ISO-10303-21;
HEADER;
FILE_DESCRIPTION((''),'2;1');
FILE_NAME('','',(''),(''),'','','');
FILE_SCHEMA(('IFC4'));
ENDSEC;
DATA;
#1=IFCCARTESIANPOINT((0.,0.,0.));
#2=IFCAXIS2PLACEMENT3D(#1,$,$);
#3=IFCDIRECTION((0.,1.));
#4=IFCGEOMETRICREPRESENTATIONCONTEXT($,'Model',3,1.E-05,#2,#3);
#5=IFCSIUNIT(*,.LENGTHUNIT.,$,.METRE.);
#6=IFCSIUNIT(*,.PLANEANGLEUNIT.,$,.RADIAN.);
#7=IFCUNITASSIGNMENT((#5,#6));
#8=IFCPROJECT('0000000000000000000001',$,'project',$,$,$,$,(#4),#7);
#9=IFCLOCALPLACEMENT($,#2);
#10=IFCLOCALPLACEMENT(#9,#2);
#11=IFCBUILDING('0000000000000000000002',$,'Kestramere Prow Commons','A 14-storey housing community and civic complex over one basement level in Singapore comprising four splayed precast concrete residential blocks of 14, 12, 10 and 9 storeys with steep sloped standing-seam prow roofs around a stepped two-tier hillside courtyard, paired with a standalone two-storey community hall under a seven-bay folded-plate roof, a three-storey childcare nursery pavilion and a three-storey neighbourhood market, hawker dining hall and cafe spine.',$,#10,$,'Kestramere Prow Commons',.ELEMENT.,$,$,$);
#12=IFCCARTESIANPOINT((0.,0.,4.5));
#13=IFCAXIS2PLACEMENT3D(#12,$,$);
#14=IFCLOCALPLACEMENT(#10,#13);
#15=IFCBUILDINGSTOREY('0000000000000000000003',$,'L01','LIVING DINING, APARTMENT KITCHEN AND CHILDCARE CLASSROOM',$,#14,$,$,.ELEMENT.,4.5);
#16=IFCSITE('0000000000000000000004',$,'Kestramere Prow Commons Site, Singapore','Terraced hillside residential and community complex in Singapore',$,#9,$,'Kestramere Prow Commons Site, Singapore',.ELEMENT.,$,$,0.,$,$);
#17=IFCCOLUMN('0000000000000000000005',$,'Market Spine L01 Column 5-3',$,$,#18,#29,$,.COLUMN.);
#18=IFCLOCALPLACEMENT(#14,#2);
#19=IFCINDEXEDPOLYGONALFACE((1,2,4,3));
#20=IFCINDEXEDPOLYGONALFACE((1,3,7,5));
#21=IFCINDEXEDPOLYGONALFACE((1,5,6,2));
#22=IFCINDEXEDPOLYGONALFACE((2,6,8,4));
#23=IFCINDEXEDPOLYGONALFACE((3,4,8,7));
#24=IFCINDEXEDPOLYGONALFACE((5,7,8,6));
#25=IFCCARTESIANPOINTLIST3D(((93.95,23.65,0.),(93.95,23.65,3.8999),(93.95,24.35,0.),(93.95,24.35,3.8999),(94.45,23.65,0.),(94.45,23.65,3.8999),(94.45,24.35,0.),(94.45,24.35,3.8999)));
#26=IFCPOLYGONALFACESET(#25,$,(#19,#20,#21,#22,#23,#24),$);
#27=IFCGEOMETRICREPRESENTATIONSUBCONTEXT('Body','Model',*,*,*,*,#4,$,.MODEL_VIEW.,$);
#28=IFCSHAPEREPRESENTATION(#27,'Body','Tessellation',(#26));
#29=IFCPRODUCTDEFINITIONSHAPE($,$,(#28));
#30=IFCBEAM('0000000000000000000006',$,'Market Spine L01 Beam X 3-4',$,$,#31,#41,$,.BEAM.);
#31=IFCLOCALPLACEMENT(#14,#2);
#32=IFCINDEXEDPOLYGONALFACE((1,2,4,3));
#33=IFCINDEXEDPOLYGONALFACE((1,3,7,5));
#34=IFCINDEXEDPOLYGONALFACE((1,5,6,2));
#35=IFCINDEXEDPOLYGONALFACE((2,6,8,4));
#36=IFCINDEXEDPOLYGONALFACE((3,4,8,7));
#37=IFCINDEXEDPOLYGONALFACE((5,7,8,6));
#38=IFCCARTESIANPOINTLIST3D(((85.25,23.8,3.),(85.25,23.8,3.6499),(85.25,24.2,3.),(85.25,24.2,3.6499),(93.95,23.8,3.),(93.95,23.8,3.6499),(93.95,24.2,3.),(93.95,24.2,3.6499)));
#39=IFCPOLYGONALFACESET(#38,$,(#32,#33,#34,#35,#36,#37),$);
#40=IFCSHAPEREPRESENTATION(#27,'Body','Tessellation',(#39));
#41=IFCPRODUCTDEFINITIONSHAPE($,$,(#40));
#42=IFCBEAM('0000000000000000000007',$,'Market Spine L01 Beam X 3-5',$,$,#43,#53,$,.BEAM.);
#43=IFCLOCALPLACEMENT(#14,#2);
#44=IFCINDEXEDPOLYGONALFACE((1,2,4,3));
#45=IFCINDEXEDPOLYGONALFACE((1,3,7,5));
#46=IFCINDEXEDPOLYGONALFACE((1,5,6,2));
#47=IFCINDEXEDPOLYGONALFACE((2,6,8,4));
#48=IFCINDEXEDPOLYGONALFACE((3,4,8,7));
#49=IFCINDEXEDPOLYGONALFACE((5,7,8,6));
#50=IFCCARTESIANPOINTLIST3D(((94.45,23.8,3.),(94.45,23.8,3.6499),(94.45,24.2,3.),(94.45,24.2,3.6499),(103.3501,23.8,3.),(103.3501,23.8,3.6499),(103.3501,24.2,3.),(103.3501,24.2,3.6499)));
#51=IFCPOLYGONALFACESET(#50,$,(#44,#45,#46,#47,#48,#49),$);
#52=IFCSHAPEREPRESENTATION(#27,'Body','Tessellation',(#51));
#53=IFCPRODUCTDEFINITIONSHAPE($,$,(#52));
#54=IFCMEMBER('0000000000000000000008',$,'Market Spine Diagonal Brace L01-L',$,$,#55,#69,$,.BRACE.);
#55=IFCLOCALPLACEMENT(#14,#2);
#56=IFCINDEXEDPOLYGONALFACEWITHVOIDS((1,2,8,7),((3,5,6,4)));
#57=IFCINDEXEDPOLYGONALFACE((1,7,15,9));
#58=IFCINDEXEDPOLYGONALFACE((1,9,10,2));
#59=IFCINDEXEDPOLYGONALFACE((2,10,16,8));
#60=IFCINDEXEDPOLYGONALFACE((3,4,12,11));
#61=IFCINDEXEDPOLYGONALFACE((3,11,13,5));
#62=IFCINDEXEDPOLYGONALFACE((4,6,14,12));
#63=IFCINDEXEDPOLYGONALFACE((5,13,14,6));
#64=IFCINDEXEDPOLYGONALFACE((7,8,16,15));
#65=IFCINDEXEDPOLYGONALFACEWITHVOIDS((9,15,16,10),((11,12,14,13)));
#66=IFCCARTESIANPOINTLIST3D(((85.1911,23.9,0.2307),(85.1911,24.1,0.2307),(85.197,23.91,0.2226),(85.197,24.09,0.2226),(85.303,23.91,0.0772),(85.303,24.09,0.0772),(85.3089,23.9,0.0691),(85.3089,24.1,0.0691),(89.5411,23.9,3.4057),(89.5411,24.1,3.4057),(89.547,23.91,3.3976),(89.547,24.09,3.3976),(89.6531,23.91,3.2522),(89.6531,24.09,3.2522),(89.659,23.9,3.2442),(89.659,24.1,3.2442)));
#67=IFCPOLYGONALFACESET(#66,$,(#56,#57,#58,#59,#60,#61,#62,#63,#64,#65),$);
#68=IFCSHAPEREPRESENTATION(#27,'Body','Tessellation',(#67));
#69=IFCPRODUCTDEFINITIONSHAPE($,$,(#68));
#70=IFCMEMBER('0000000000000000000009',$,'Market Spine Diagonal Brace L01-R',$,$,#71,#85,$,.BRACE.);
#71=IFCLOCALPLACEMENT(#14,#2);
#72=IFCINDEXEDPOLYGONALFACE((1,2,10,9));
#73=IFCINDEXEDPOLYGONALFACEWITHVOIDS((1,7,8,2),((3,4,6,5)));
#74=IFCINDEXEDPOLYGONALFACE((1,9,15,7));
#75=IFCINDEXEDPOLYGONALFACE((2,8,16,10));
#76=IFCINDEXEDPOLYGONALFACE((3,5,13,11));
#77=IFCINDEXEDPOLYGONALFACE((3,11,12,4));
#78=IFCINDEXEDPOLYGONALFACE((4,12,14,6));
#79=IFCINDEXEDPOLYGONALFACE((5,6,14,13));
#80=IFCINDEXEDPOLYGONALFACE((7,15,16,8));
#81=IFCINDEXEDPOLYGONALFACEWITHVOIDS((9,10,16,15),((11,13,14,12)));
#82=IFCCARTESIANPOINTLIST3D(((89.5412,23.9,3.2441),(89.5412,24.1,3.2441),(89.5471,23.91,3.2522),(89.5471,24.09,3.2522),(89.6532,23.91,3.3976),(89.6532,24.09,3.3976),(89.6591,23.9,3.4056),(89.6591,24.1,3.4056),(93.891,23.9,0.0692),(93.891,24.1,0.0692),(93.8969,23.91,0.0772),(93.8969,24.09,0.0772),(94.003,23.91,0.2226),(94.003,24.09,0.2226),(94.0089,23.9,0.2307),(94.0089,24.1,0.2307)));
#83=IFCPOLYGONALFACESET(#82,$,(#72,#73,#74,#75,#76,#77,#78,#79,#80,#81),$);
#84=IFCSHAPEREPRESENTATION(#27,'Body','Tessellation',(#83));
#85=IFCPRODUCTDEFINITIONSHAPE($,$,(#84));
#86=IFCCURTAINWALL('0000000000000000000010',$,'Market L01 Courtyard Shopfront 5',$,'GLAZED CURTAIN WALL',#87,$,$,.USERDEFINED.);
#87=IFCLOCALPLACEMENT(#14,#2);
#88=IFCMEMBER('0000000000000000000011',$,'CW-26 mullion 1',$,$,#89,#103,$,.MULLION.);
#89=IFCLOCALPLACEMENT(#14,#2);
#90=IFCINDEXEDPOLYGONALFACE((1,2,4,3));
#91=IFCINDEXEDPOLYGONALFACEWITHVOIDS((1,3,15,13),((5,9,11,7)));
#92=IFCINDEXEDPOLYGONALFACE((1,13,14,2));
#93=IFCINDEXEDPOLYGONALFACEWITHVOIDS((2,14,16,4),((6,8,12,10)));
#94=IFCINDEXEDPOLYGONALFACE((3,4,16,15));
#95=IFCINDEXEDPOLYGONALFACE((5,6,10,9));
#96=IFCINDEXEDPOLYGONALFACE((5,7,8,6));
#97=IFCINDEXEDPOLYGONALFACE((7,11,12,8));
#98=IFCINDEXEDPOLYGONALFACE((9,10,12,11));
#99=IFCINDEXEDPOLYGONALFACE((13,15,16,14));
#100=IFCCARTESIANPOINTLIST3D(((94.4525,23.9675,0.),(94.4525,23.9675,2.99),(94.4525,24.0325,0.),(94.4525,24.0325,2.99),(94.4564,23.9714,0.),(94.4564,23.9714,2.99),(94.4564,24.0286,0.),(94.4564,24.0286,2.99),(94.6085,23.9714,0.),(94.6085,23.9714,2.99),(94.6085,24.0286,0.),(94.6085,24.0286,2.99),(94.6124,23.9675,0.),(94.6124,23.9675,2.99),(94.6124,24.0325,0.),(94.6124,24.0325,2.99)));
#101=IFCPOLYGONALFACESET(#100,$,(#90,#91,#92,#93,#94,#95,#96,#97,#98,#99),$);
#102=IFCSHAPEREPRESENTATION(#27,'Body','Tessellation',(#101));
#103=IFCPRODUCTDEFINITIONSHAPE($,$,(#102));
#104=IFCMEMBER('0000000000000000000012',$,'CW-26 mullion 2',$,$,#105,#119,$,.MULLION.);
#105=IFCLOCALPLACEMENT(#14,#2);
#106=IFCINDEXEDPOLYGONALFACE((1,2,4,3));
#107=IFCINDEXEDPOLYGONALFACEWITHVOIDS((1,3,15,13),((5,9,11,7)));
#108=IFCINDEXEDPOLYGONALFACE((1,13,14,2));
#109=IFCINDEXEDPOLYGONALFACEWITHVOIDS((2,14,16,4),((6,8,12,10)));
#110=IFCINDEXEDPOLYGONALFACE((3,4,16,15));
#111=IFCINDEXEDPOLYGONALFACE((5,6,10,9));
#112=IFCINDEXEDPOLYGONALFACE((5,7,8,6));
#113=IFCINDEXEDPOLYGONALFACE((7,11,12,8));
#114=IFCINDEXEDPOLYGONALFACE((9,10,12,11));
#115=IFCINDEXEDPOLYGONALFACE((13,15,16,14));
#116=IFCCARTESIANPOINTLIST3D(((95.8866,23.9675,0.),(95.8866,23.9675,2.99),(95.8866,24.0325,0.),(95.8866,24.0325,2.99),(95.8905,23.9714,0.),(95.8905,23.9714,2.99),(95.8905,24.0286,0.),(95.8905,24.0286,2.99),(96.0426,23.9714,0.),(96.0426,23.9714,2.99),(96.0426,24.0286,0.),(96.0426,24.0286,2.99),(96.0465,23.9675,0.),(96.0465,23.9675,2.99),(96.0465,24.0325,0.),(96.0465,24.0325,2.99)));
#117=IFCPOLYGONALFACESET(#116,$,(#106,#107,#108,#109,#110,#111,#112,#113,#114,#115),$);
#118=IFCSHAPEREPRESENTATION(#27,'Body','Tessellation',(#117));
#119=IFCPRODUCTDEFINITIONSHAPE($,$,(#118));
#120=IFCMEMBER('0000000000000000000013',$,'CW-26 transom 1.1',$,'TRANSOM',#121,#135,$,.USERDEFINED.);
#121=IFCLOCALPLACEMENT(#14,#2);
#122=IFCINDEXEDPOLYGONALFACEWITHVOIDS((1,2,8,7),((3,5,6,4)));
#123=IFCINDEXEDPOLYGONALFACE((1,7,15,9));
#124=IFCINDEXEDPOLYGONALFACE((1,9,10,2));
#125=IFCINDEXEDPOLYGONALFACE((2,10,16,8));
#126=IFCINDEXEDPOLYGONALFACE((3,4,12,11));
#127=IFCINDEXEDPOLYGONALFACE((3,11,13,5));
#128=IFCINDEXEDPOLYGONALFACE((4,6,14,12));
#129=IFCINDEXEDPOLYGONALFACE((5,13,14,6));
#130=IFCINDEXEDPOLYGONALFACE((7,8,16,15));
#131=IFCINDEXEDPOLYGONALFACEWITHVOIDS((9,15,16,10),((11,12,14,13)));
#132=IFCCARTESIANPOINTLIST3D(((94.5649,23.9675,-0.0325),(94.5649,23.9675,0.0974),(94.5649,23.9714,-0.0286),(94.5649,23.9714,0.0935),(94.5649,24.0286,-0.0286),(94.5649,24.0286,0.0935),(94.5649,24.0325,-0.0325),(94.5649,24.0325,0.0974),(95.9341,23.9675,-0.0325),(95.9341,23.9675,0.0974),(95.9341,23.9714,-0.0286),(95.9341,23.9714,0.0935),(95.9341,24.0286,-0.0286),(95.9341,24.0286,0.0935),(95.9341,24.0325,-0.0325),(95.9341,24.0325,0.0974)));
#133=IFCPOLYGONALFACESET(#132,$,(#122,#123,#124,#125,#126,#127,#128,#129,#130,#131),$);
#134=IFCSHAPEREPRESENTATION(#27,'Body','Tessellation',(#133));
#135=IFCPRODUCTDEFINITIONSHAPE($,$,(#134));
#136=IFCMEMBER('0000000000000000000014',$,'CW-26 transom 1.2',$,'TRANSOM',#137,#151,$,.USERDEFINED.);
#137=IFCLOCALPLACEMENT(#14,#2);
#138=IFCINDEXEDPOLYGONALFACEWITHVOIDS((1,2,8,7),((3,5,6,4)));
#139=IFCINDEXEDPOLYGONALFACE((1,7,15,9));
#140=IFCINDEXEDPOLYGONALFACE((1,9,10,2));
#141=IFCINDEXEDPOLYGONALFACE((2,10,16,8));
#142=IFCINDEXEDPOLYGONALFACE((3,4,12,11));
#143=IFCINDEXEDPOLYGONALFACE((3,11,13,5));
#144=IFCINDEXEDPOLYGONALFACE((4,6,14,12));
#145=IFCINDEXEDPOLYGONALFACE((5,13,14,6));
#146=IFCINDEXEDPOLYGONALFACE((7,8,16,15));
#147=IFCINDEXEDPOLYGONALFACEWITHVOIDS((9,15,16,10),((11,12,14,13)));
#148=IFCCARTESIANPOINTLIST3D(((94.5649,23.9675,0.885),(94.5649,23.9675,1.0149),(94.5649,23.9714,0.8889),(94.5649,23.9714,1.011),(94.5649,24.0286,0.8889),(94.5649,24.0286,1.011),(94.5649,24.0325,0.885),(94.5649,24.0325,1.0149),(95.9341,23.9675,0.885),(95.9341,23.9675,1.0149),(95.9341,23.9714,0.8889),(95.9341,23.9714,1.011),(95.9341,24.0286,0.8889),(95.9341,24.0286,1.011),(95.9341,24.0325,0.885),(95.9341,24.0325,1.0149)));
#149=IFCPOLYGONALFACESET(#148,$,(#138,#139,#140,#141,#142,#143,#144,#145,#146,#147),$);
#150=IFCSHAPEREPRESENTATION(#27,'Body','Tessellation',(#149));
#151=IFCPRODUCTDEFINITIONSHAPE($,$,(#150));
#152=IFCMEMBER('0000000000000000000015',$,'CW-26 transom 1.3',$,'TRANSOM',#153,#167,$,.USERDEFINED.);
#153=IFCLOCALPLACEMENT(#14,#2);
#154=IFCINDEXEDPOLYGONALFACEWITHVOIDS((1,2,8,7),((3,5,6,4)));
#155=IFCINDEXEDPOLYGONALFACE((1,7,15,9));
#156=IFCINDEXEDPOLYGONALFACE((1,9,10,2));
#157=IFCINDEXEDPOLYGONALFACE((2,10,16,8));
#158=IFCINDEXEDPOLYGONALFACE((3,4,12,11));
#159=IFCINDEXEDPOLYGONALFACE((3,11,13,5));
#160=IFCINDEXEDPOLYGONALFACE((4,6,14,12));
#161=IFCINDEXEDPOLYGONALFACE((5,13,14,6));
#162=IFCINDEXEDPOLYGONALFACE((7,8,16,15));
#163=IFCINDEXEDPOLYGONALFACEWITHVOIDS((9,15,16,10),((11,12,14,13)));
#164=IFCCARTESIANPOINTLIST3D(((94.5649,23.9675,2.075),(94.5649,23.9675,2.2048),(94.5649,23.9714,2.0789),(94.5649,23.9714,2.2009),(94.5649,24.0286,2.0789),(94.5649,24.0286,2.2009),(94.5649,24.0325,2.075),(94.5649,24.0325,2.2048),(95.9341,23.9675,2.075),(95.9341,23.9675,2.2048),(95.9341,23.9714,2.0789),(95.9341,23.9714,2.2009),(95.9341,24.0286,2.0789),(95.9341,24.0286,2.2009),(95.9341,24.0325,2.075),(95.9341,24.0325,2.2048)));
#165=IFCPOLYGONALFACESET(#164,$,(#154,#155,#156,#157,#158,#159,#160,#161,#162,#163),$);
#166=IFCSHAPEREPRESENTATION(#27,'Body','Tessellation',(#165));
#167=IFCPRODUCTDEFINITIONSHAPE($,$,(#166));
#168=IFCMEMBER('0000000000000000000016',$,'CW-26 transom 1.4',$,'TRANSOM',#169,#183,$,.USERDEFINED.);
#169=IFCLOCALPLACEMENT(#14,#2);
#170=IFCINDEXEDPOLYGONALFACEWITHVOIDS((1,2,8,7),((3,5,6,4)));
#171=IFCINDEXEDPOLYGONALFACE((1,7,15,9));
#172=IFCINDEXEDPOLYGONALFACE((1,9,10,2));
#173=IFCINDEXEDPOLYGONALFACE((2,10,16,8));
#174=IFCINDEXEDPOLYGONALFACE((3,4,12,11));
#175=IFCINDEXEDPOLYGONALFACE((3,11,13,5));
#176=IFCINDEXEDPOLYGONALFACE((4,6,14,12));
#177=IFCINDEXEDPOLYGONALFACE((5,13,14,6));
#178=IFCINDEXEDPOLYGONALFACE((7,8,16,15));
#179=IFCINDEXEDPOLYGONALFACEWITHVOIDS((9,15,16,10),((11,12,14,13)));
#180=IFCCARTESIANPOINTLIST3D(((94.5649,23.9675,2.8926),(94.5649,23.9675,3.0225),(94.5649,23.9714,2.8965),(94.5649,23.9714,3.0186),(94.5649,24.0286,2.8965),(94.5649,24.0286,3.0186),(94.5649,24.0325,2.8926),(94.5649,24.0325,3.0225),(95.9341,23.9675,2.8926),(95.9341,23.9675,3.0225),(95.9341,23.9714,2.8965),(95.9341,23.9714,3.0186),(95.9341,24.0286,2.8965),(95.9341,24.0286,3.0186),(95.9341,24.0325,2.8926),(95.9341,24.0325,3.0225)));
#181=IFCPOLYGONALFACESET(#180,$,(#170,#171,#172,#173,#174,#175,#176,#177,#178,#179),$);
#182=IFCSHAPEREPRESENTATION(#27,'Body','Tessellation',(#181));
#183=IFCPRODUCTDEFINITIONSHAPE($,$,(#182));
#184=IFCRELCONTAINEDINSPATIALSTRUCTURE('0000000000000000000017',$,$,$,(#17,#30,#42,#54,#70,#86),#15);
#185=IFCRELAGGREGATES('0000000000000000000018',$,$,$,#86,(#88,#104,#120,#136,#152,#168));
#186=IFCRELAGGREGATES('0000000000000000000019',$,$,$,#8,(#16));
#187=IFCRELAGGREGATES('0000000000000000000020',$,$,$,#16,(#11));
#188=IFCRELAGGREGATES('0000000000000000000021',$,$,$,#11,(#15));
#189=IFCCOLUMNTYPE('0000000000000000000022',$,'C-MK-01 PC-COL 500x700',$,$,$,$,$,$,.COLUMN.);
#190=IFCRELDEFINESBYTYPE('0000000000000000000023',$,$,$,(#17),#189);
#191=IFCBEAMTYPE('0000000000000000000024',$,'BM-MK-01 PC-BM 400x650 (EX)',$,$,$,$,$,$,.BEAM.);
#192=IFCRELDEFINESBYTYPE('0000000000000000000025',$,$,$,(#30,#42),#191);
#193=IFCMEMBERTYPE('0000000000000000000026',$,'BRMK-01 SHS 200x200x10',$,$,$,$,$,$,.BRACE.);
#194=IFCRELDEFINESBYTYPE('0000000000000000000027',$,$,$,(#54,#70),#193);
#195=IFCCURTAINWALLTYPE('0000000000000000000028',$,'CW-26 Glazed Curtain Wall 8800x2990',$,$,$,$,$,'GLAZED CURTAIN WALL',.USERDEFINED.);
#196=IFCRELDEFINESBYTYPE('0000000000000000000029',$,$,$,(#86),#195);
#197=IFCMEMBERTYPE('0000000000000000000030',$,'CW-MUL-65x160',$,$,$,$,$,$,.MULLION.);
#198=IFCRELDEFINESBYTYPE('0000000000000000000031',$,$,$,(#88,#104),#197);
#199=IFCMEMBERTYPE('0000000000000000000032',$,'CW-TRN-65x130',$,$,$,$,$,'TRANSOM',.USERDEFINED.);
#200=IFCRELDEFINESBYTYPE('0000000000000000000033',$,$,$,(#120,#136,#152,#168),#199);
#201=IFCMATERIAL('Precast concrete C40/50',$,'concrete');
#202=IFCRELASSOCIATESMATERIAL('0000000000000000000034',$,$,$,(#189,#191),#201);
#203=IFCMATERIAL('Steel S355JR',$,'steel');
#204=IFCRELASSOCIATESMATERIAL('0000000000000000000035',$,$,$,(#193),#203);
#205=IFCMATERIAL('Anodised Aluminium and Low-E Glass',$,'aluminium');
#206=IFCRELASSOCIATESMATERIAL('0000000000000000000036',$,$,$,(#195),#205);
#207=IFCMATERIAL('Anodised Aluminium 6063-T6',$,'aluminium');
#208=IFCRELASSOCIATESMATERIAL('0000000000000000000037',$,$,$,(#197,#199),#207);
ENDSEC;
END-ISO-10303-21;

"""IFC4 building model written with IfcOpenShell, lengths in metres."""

from ifc_helpers import new_model, si_unit, direction, frame, origin, origin_2d, place, context, subcontext, project, spatial, rectangle, hollow_rectangle, extrude, material, material_profile, profile_set, type_object, element, aggregate, save


model = new_model("IFC4")

# Units and contexts
model_context = context("Model", 3, precision=1e-05, world=origin(), true_north=direction((0.0, 1.0)))
body_context = subcontext(model_context, "Body", "Model", "MODEL_VIEW")
ifc_project = project(units=[si_unit("LENGTHUNIT", "METRE"), si_unit("PLANEANGLEUNIT", "RADIAN")], contexts=[model_context])

# Site, building, storey
site_placement = place(None, origin())
site = spatial("IfcSite", under=ifc_project, at=site_placement, Name="Kestramere Prow Commons Site, Singapore", Description="Terraced hillside residential and community complex in Singapore", LongName="Kestramere Prow Commons Site, Singapore", CompositionType="ELEMENT", RefElevation=0.0)
building_placement = place(site_placement, origin())
building = spatial("IfcBuilding", under=site, at=building_placement, Name="Kestramere Prow Commons", Description="A 14-storey housing community and civic complex over one basement level in Singapore comprising four splayed precast concrete residential blocks of 14, 12, 10 and 9 storeys with steep sloped standing-seam prow roofs around a stepped two-tier hillside courtyard, paired with a standalone two-storey community hall under a seven-bay folded-plate roof, a three-storey childcare nursery pavilion and a three-storey neighbourhood market, hawker dining hall and cafe spine.", LongName="Kestramere Prow Commons", CompositionType="ELEMENT")
storey_placement = place(building_placement, frame((0.0, 0.0, 4.5)))
storey = spatial("IfcBuildingStorey", under=building, at=storey_placement, Name="L01", Description="LIVING DINING, APARTMENT KITCHEN AND CHILDCARE CLASSROOM", CompositionType="ELEMENT", Elevation=4.5)

# Column
ifc_material_1 = material(Name="Precast concrete C40/50", Category="concrete")
ifc_material_profile_1 = material_profile(ifc_material_1, rectangle(XDim=0.5, YDim=0.7, at=origin_2d()), Name="PC-COL 500x700")
ifc_profile_set_1 = profile_set([ifc_material_profile_1], Name="Precast concrete C40/50")
column_type = type_object("IfcColumnType", Name="C-MK-01 PC-COL 500x700", PredefinedType="COLUMN", material=ifc_profile_set_1)
column_placement = place(storey_placement, frame((94.2, 24.0, 0.0), z_axis=(0.0, 0.0, 1.0), x_axis=(1.0, 0.0, 0.0)))
element("IfcColumn", 1, at=column_placement, inside=storey, type_object=column_type, Name="Market Spine L01 Column 5-3", PredefinedType="COLUMN", context=body_context, shape_type="SweptSolid", body=[
    extrude(rectangle(XDim=0.5, YDim=0.7, at=origin_2d()), origin(), (0.0, 0.0, 1.0), 3.8999),
])

# Beams
ifc_material_profile_2 = material_profile(ifc_material_1, rectangle(XDim=0.3999, YDim=0.6499, at=origin_2d()), Name="PC-BM 400x650")
ifc_profile_set_2 = profile_set([ifc_material_profile_2], Name="Precast concrete C40/50")
beam_type_1 = type_object("IfcBeamType", Name="BM-MK-01 PC-BM 400x650 (EX)", PredefinedType="BEAM", material=ifc_profile_set_2)
beam_1_placement = place(storey_placement, frame((85.25, 24.0, 3.325), z_axis=(1.0, 0.0, 0.0), x_axis=(0.0, 1.0, 0.0)))
element("IfcBeam", 2, at=beam_1_placement, inside=storey, type_object=beam_type_1, Name="Market Spine L01 Beam X 3-4", PredefinedType="BEAM", context=body_context, shape_type="SweptSolid", body=[
    extrude(rectangle(XDim=0.3999, YDim=0.6499, at=origin_2d()), origin(), (0.0, 0.0, 1.0), 8.7),
])
beam_2_placement = place(storey_placement, frame((94.45, 24.0, 3.325), z_axis=(1.0, 0.0, 0.0), x_axis=(0.0, 1.0, 0.0)))
element("IfcBeam", 3, at=beam_2_placement, inside=storey, type_object=beam_type_1, Name="Market Spine L01 Beam X 3-5", PredefinedType="BEAM", context=body_context, shape_type="SweptSolid", body=[
    extrude(rectangle(XDim=0.3999, YDim=0.6499, at=origin_2d()), origin(), (0.0, 0.0, 1.0), 8.9001),
])

# Members
ifc_material_2 = material(Name="Steel S355JR", Category="steel")
ifc_material_profile_3 = material_profile(ifc_material_2, hollow_rectangle(XDim=0.2, YDim=0.2, WallThickness=0.01, at=origin_2d()), Name="SHS 200x200x10")
ifc_profile_set_3 = profile_set([ifc_material_profile_3], Name="Steel S355JR")
member_type_1 = type_object("IfcMemberType", Name="BRMK-01 SHS 200x200x10", PredefinedType="BRACE", material=ifc_profile_set_3)
member_1_placement = place(storey_placement, frame((85.25, 24.0, 0.1499), z_axis=(0.807733, 0.0, 0.589548), x_axis=(0.0, 1.0, 0.0)))
element("IfcMember", 4, at=member_1_placement, inside=storey, type_object=member_type_1, Name="Market Spine Diagonal Brace L01-L", PredefinedType="BRACE", context=body_context, shape_type="SweptSolid", body=[
    extrude(hollow_rectangle(XDim=0.2, YDim=0.2, WallThickness=0.01, at=origin_2d()), origin(), (0.0, 0.0, 1.0), 5.3855),
])
member_2_placement = place(storey_placement, frame((93.95, 24.0, 0.1499), z_axis=(-0.807717, 0.0, 0.58957), x_axis=(0.0, -1.0, 0.0)))
element("IfcMember", 5, at=member_2_placement, inside=storey, type_object=member_type_1, Name="Market Spine Diagonal Brace L01-R", PredefinedType="BRACE", context=body_context, shape_type="SweptSolid", body=[
    extrude(hollow_rectangle(XDim=0.2, YDim=0.2, WallThickness=0.01, at=origin_2d()), origin(), (0.0, 0.0, 1.0), 5.3853),
])

# Curtain wall, members
ifc_material_3 = material(Name="Anodised Aluminium and Low-E Glass", Category="aluminium")
curtain_wall_type = type_object("IfcCurtainWallType", Name="CW-26 Glazed Curtain Wall 8800x2990", ElementType="GLAZED CURTAIN WALL", PredefinedType="USERDEFINED", material=ifc_material_3)
curtain_wall_placement = place(storey_placement, origin())
curtain_wall = element("IfcCurtainWall", 6, at=curtain_wall_placement, inside=storey, type_object=curtain_wall_type, Name="Market L01 Courtyard Shopfront 5", ObjectType="GLAZED CURTAIN WALL", PredefinedType="USERDEFINED")
ifc_material_4 = material(Name="Anodised Aluminium 6063-T6", Category="aluminium")
ifc_material_profile_4 = material_profile(ifc_material_4, hollow_rectangle(XDim=0.0649, YDim=0.1599, WallThickness=0.0039, at=origin_2d()), Name="ALU-MUL 65x160")
ifc_profile_set_4 = profile_set([ifc_material_profile_4], Name="Anodised Aluminium 6063-T6")
member_type_2 = type_object("IfcMemberType", Name="CW-MUL-65x160", PredefinedType="MULLION", material=ifc_profile_set_4)
member_3_placement = place(storey_placement, frame((94.5325, 24.0, 0.0), z_axis=(0.0, 0.0, 1.0), x_axis=(0.0, 1.0, 0.0)))
member_3 = element("IfcMember", 7, at=member_3_placement, type_object=member_type_2, Name="CW-26 mullion 1", PredefinedType="MULLION", context=body_context, shape_type="SweptSolid", body=[
    extrude(hollow_rectangle(XDim=0.0649, YDim=0.1599, WallThickness=0.0039, at=origin_2d()), origin(), (0.0, 0.0, 1.0), 2.99),
])
member_4_placement = place(storey_placement, frame((95.9666, 24.0, 0.0), z_axis=(0.0, 0.0, 1.0), x_axis=(0.0, 1.0, 0.0)))
member_4 = element("IfcMember", 8, at=member_4_placement, type_object=member_type_2, Name="CW-26 mullion 2", PredefinedType="MULLION", context=body_context, shape_type="SweptSolid", body=[
    extrude(hollow_rectangle(XDim=0.0649, YDim=0.1599, WallThickness=0.0039, at=origin_2d()), origin(), (0.0, 0.0, 1.0), 2.99),
])
ifc_material_profile_5 = material_profile(ifc_material_4, hollow_rectangle(XDim=0.0649, YDim=0.1299, WallThickness=0.0039, at=origin_2d()), Name="ALU-TRN 65x130")
ifc_profile_set_5 = profile_set([ifc_material_profile_5], Name="Anodised Aluminium 6063-T6")
member_type_3 = type_object("IfcMemberType", Name="CW-TRN-65x130", ElementType="TRANSOM", PredefinedType="USERDEFINED", material=ifc_profile_set_5)
member_5_placement = place(storey_placement, frame((94.5649, 24.0, 0.0325), z_axis=(1.0, 0.0, 0.0), x_axis=(0.0, 1.0, 0.0)))
member_5 = element("IfcMember", 9, at=member_5_placement, type_object=member_type_3, Name="CW-26 transom 1.1", ObjectType="TRANSOM", PredefinedType="USERDEFINED", context=body_context, shape_type="SweptSolid", body=[
    extrude(hollow_rectangle(XDim=0.0649, YDim=0.1299, WallThickness=0.0039, at=origin_2d()), origin(), (0.0, 0.0, 1.0), 1.3691),
])
member_6_placement = place(storey_placement, frame((94.5649, 24.0, 0.95), z_axis=(1.0, 0.0, 0.0), x_axis=(0.0, 1.0, 0.0)))
member_6 = element("IfcMember", 10, at=member_6_placement, type_object=member_type_3, Name="CW-26 transom 1.2", ObjectType="TRANSOM", PredefinedType="USERDEFINED", context=body_context, shape_type="SweptSolid", body=[
    extrude(hollow_rectangle(XDim=0.0649, YDim=0.1299, WallThickness=0.0039, at=origin_2d()), origin(), (0.0, 0.0, 1.0), 1.3691),
])
member_7_placement = place(storey_placement, frame((94.5649, 24.0, 2.1399), z_axis=(1.0, 0.0, 0.0), x_axis=(0.0, 1.0, 0.0)))
member_7 = element("IfcMember", 11, at=member_7_placement, type_object=member_type_3, Name="CW-26 transom 1.3", ObjectType="TRANSOM", PredefinedType="USERDEFINED", context=body_context, shape_type="SweptSolid", body=[
    extrude(hollow_rectangle(XDim=0.0649, YDim=0.1299, WallThickness=0.0039, at=origin_2d()), origin(), (0.0, 0.0, 1.0), 1.3691),
])
member_8_placement = place(storey_placement, frame((94.5649, 24.0, 2.9575), z_axis=(1.0, 0.0, 0.0), x_axis=(0.0, 1.0, 0.0)))
member_8 = element("IfcMember", 12, at=member_8_placement, type_object=member_type_3, Name="CW-26 transom 1.4", ObjectType="TRANSOM", PredefinedType="USERDEFINED", context=body_context, shape_type="SweptSolid", body=[
    extrude(hollow_rectangle(XDim=0.0649, YDim=0.1299, WallThickness=0.0039, at=origin_2d()), origin(), (0.0, 0.0, 1.0), 1.3691),
])

aggregate(curtain_wall, [member_3, member_4, member_5, member_6, member_7, member_8])

save(model, "model.ifc")
